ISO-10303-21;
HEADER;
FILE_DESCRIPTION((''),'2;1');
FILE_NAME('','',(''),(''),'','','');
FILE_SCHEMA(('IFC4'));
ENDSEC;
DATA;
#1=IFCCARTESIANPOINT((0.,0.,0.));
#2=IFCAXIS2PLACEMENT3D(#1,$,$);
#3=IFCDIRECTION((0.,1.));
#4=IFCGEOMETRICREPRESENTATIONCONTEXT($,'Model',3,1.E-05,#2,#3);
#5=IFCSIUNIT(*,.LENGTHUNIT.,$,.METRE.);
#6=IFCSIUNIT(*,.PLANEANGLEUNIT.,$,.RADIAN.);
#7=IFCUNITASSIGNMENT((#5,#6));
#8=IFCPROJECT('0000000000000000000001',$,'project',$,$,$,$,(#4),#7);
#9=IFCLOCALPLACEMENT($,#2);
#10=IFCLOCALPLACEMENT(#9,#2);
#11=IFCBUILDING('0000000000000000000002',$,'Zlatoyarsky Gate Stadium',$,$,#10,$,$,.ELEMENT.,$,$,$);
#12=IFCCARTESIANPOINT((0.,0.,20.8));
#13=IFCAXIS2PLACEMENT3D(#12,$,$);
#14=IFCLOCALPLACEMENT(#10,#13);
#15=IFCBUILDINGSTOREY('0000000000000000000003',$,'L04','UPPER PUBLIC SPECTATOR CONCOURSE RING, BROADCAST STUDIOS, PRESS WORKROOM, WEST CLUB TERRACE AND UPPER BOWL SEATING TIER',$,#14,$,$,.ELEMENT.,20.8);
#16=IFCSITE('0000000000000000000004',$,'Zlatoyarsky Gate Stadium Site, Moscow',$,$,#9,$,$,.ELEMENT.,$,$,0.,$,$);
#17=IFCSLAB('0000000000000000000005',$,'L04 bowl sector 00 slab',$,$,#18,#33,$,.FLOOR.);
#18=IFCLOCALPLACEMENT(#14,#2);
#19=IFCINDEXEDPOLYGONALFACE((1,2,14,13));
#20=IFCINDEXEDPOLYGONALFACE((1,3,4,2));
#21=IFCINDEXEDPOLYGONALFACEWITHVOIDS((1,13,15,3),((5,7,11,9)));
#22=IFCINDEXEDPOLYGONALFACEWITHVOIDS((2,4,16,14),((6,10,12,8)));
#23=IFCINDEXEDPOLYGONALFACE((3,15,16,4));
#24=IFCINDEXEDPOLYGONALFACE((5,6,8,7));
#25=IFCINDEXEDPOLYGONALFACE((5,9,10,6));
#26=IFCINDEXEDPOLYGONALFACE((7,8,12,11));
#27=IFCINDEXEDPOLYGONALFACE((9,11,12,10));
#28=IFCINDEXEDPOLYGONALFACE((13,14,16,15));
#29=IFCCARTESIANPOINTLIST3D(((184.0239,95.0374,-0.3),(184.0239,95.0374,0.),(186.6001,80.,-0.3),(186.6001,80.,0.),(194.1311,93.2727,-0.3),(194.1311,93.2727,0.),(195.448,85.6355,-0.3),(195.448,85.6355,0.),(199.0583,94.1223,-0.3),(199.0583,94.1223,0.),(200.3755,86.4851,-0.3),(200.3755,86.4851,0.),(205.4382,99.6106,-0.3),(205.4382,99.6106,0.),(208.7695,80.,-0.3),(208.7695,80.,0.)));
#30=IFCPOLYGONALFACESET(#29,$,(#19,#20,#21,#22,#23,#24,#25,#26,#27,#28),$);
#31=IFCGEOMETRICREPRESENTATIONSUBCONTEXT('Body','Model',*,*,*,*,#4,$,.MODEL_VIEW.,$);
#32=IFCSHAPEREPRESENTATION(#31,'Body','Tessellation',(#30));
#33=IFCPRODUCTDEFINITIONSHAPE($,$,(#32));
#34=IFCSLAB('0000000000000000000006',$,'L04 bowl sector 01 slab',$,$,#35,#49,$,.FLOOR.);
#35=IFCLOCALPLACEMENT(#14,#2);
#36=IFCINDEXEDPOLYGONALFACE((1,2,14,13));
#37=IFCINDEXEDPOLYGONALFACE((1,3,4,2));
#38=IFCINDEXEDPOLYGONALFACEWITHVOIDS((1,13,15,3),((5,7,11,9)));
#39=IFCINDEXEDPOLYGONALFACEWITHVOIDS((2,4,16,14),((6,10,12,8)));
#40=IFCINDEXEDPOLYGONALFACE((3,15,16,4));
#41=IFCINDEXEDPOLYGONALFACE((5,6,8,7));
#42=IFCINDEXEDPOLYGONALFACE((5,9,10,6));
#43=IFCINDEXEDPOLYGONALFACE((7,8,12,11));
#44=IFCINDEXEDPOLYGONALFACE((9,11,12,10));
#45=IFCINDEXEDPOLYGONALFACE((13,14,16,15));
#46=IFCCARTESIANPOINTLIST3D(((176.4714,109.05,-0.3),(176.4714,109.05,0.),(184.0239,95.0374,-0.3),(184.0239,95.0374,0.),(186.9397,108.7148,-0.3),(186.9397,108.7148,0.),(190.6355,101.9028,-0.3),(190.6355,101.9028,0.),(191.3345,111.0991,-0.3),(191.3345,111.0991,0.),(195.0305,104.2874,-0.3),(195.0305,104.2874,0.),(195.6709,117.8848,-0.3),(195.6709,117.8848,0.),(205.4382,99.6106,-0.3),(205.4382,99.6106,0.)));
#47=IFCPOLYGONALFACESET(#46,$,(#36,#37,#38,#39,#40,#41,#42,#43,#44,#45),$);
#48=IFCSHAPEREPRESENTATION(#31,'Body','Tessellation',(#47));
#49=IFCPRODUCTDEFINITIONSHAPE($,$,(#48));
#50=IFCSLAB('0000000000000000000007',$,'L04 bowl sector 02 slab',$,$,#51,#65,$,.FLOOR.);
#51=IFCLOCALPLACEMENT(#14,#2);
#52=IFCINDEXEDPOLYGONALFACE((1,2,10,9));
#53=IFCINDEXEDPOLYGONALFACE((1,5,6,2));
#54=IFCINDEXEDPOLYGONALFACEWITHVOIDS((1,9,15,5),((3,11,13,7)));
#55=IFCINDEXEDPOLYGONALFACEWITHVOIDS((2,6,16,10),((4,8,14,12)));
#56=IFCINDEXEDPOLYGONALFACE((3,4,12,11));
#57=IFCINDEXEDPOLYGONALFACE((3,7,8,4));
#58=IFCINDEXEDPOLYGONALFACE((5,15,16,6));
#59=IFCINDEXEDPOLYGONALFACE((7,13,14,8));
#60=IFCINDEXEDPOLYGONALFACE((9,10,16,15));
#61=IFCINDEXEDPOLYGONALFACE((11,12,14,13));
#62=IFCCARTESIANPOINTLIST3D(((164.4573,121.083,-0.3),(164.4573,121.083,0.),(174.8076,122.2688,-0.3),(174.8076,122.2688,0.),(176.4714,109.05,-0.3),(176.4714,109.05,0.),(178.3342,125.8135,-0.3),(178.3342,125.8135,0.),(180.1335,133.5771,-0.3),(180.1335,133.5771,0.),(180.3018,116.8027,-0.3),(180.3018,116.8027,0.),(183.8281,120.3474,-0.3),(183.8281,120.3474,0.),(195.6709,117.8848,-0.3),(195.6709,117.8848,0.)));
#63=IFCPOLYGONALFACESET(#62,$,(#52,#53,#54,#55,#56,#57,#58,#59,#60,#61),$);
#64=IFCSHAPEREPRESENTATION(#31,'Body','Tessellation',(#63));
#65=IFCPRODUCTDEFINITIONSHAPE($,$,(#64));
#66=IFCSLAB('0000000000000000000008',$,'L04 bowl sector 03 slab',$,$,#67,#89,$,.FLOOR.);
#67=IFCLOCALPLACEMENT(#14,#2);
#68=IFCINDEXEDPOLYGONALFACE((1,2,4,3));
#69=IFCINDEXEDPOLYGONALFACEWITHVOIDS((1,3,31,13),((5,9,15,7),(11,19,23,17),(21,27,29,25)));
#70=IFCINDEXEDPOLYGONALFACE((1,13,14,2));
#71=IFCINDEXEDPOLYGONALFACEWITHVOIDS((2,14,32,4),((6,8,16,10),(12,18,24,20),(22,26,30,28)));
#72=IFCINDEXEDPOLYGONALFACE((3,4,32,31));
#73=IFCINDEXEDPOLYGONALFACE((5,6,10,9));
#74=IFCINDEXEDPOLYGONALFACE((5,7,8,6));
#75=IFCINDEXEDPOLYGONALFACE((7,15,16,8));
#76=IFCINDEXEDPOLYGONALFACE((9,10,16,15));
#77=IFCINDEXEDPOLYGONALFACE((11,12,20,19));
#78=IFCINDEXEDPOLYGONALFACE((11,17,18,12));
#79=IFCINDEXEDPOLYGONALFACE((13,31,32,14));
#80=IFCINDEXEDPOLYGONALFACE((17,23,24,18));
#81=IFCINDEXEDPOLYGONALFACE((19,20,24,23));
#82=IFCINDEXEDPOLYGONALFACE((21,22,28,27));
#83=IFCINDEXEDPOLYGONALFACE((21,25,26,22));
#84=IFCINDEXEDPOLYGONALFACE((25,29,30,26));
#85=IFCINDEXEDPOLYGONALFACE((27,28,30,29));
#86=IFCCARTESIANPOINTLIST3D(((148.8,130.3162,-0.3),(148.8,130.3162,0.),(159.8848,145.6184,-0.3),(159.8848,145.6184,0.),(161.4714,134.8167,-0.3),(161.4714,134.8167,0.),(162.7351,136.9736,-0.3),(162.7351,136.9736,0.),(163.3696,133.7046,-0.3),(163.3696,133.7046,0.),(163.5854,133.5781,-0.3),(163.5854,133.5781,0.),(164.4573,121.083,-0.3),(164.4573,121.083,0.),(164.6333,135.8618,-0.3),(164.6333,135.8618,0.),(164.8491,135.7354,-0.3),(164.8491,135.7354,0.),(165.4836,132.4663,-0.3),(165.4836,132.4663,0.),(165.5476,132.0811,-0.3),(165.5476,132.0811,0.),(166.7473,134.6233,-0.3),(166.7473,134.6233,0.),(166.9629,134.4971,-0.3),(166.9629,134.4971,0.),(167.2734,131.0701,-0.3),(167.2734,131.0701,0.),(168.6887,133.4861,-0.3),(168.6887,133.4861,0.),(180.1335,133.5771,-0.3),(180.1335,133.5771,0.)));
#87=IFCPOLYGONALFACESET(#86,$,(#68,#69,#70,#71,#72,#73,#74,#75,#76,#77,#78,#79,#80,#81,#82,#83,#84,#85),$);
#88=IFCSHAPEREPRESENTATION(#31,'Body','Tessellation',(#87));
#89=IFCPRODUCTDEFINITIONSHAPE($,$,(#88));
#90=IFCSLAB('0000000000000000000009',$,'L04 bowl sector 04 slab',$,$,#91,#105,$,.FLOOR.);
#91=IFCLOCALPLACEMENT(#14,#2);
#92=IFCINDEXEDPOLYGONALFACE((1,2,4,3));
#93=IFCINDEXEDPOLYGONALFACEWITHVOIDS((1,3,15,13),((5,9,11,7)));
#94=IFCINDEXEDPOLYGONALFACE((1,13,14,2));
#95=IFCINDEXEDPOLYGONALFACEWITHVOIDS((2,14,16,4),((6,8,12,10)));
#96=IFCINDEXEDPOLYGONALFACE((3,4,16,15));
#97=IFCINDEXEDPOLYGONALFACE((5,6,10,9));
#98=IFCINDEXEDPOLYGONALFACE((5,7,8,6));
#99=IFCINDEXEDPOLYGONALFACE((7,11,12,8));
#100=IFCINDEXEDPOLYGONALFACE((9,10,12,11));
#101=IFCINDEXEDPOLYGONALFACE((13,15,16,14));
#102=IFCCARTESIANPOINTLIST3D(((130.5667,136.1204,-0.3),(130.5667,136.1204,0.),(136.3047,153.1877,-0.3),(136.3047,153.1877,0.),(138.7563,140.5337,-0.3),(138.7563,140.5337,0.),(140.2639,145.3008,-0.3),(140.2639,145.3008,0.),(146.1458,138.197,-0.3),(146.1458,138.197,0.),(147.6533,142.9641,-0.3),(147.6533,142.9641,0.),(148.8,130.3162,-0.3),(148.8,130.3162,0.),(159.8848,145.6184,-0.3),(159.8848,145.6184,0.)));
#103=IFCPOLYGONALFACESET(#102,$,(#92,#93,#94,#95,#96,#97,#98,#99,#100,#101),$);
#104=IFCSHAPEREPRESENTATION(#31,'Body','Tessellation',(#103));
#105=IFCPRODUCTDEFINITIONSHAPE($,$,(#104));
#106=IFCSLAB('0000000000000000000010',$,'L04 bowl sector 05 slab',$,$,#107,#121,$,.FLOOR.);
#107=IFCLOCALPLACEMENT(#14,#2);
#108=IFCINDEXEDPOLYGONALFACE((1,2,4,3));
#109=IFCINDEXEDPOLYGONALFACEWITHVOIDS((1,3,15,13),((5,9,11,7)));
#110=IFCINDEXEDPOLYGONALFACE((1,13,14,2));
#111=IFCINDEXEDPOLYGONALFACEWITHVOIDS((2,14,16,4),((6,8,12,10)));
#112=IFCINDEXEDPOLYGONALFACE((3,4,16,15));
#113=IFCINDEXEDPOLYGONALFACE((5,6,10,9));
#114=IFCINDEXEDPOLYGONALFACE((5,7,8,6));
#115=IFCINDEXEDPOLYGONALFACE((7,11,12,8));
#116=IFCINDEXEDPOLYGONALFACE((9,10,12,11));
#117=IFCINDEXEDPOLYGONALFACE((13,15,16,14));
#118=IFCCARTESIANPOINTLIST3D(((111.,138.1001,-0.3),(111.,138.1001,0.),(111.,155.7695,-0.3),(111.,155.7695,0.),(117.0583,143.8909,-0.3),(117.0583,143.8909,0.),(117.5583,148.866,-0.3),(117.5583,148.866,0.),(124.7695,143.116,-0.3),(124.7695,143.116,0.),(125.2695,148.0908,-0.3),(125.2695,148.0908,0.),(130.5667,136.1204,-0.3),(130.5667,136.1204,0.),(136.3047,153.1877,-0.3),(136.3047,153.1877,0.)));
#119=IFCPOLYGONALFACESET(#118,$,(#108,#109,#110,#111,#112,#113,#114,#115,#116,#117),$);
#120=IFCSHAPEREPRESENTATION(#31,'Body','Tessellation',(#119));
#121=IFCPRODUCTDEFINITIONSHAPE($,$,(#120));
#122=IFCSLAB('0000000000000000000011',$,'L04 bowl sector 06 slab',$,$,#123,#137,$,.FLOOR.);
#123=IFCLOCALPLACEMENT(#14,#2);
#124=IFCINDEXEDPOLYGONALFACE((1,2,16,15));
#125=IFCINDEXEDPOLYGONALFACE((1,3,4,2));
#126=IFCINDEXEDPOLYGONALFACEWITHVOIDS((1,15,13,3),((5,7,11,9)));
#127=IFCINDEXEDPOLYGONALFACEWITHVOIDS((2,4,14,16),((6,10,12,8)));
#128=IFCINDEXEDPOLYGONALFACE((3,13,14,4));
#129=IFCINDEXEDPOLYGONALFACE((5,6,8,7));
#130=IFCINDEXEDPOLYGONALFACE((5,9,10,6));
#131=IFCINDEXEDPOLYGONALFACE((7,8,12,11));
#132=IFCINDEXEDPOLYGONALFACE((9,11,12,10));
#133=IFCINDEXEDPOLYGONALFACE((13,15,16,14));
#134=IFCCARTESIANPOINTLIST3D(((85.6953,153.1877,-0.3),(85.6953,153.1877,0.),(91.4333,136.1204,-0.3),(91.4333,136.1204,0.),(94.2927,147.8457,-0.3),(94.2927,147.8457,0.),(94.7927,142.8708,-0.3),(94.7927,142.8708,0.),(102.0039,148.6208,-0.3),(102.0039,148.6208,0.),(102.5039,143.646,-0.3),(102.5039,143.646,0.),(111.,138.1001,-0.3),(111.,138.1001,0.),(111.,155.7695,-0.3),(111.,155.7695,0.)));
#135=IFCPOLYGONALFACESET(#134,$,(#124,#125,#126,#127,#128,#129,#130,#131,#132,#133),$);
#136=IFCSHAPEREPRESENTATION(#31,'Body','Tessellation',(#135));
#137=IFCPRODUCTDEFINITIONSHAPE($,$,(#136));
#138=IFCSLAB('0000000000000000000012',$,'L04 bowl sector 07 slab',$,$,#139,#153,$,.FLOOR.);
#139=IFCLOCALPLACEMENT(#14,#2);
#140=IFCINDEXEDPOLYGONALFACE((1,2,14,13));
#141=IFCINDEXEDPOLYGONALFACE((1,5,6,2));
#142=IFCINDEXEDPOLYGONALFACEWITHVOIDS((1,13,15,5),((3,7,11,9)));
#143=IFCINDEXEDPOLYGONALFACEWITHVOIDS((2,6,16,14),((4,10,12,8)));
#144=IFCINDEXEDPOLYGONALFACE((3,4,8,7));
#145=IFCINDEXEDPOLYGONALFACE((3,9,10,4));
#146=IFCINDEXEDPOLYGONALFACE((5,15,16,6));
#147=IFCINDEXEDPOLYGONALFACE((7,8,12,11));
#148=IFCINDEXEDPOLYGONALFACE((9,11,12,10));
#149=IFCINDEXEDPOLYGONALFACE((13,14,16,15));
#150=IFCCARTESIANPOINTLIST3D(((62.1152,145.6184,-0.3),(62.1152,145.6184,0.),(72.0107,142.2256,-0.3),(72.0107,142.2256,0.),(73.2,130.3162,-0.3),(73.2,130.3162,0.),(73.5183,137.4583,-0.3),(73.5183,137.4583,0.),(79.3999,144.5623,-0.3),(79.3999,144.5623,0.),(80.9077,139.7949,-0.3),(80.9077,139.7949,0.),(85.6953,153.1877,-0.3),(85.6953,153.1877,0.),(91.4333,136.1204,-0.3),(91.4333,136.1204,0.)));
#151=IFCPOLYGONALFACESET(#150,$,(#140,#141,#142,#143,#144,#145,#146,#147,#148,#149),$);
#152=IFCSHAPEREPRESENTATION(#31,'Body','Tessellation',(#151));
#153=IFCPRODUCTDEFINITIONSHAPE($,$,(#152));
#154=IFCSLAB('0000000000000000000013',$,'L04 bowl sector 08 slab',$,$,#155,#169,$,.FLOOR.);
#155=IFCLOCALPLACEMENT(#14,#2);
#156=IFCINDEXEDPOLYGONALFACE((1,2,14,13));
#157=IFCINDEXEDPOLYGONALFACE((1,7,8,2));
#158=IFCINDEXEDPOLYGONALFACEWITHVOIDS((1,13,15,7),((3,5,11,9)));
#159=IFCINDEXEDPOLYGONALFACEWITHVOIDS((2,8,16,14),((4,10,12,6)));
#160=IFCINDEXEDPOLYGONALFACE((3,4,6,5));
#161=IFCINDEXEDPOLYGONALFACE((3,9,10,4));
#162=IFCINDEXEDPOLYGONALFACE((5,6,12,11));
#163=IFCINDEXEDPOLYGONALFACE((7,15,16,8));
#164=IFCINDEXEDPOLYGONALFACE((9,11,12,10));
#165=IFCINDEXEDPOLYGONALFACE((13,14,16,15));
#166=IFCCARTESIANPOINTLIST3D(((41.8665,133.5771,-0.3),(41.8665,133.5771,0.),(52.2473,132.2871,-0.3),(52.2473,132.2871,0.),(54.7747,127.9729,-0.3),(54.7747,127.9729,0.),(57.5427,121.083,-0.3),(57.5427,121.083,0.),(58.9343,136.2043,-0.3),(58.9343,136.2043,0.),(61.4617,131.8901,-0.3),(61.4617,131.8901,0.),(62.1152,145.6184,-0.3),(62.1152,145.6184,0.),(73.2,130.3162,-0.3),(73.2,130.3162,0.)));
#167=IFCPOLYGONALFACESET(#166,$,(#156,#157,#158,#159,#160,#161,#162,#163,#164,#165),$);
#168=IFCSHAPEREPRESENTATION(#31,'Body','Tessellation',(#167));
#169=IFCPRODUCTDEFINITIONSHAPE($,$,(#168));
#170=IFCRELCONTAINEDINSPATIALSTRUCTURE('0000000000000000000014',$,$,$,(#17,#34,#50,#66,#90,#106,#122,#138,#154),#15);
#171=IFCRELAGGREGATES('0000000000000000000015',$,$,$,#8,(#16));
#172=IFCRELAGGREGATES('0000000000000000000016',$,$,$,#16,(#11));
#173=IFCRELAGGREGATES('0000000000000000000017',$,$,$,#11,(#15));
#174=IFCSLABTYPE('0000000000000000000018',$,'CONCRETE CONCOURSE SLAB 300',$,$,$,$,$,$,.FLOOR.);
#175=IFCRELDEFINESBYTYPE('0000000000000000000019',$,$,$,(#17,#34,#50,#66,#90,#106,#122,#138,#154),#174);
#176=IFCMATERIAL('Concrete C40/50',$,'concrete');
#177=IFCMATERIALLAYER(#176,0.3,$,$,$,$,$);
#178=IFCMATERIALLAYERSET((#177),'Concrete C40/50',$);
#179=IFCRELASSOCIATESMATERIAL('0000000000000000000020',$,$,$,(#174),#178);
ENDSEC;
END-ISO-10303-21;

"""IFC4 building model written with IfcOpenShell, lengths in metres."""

from ifc_helpers import new_model, si_unit, direction, frame, origin, place, context, subcontext, project, spatial, polyline, outline, extrude, material, layer, layer_set, type_object, element, save


model = new_model("IFC4")

# Units and contexts
model_context = context("Model", 3, precision=1e-05, world=origin(), true_north=direction((0.0, 1.0)))
body_context = subcontext(model_context, "Body", "Model", "MODEL_VIEW")
ifc_project = project(units=[si_unit("LENGTHUNIT", "METRE"), si_unit("PLANEANGLEUNIT", "RADIAN")], contexts=[model_context])

# Site, building, storey
site_placement = place(None, origin())
site = spatial("IfcSite", under=ifc_project, at=site_placement, Name="Zlatoyarsky Gate Stadium Site, Moscow", CompositionType="ELEMENT", RefElevation=0.0)
building_placement = place(site_placement, origin())
building = spatial("IfcBuilding", under=site, at=building_placement, Name="Zlatoyarsky Gate Stadium", CompositionType="ELEMENT")
storey_placement = place(building_placement, frame((0.0, 0.0, 20.8)))
storey = spatial("IfcBuildingStorey", under=building, at=storey_placement, Name="L04", Description="UPPER PUBLIC SPECTATOR CONCOURSE RING, BROADCAST STUDIOS, PRESS WORKROOM, WEST CLUB TERRACE AND UPPER BOWL SEATING TIER", CompositionType="ELEMENT", Elevation=20.8)

# Slabs
ifc_material_1 = material(Name="Concrete C40/50", Category="concrete")
ifc_layer_1 = layer(ifc_material_1, 0.3)
ifc_layer_set_1 = layer_set([ifc_layer_1], Name="Concrete C40/50")
slab_type_1 = type_object("IfcSlabType", Name="CONCRETE CONCOURSE SLAB 300", PredefinedType="FLOOR", material=ifc_layer_set_1)
slab_1_placement = place(storey_placement, frame((0.0, 0.0, -0.3)))
element("IfcSlab", 1, at=slab_1_placement, inside=storey, type_object=slab_type_1, Name="L04 bowl sector 00 slab", PredefinedType="FLOOR", context=body_context, shape_type="SweptSolid", body=[
    extrude(outline(polyline([(184.0239, 95.0374), (205.4382, 99.6106), (208.7695, 80.0), (186.6001, 80.0), (184.0239, 95.0374)]), holes=[polyline([(200.3755, 86.4851), (199.0583, 94.1223), (194.1311, 93.2727), (195.448, 85.6355), (200.3755, 86.4851)])]), origin(), (0.0, 0.0, 1.0), 0.3),
])
slab_2_placement = place(storey_placement, frame((0.0, 0.0, -0.3)))
element("IfcSlab", 2, at=slab_2_placement, inside=storey, type_object=slab_type_1, Name="L04 bowl sector 01 slab", PredefinedType="FLOOR", context=body_context, shape_type="SweptSolid", body=[
    extrude(outline(polyline([(176.4714, 109.05), (195.6709, 117.8848), (205.4382, 99.6106), (184.0239, 95.0374), (176.4714, 109.05)]), holes=[polyline([(195.0305, 104.2874), (191.3345, 111.0991), (186.9397, 108.7148), (190.6355, 101.9028), (195.0305, 104.2874)])]), origin(), (0.0, 0.0, 1.0), 0.3),
])
slab_3_placement = place(storey_placement, frame((0.0, 0.0, -0.3)))
element("IfcSlab", 3, at=slab_3_placement, inside=storey, type_object=slab_type_1, Name="L04 bowl sector 02 slab", PredefinedType="FLOOR", context=body_context, shape_type="SweptSolid", body=[
    extrude(outline(polyline([(164.4573, 121.083), (180.1335, 133.5771), (195.6709, 117.8848), (176.4714, 109.05), (164.4573, 121.083)]), holes=[polyline([(183.8281, 120.3474), (178.3342, 125.8135), (174.8076, 122.2688), (180.3018, 116.8027), (183.8281, 120.3474)])]), origin(), (0.0, 0.0, 1.0), 0.3),
])
slab_4_placement = place(storey_placement, frame((0.0, 0.0, -0.3)))
element("IfcSlab", 4, at=slab_4_placement, inside=storey, type_object=slab_type_1, Name="L04 bowl sector 03 slab", PredefinedType="FLOOR", context=body_context, shape_type="SweptSolid", body=[
    extrude(outline(polyline([(148.8, 130.3162), (159.8848, 145.6184), (180.1335, 133.5771), (164.4573, 121.083), (148.8, 130.3162)]), holes=[polyline([(168.6887, 133.4861), (166.9629, 134.4971), (165.5476, 132.0811), (167.2734, 131.0701), (168.6887, 133.4861)]), polyline([(166.7473, 134.6233), (164.8491, 135.7354), (163.5854, 133.5781), (165.4836, 132.4663), (166.7473, 134.6233)]), polyline([(164.6333, 135.8618), (162.7351, 136.9736), (161.4714, 134.8167), (163.3696, 133.7046), (164.6333, 135.8618)])]), origin(), (0.0, 0.0, 1.0), 0.3),
])
slab_5_placement = place(storey_placement, frame((0.0, 0.0, -0.3)))
element("IfcSlab", 5, at=slab_5_placement, inside=storey, type_object=slab_type_1, Name="L04 bowl sector 04 slab", PredefinedType="FLOOR", context=body_context, shape_type="SweptSolid", body=[
    extrude(outline(polyline([(130.5667, 136.1204), (136.3047, 153.1877), (159.8848, 145.6184), (148.8, 130.3162), (130.5667, 136.1204)]), holes=[polyline([(147.6533, 142.9641), (140.2639, 145.3008), (138.7563, 140.5337), (146.1458, 138.197), (147.6533, 142.9641)])]), origin(), (0.0, 0.0, 1.0), 0.3),
])
slab_6_placement = place(storey_placement, frame((0.0, 0.0, -0.3)))
element("IfcSlab", 6, at=slab_6_placement, inside=storey, type_object=slab_type_1, Name="L04 bowl sector 05 slab", PredefinedType="FLOOR", context=body_context, shape_type="SweptSolid", body=[
    extrude(outline(polyline([(111.0, 138.1001), (111.0, 155.7695), (136.3047, 153.1877), (130.5667, 136.1204), (111.0, 138.1001)]), holes=[polyline([(125.2695, 148.0908), (117.5583, 148.866), (117.0583, 143.8909), (124.7695, 143.116), (125.2695, 148.0908)])]), origin(), (0.0, 0.0, 1.0), 0.3),
])
slab_7_placement = place(storey_placement, frame((0.0, 0.0, -0.3)))
element("IfcSlab", 7, at=slab_7_placement, inside=storey, type_object=slab_type_1, Name="L04 bowl sector 06 slab", PredefinedType="FLOOR", context=body_context, shape_type="SweptSolid", body=[
    extrude(outline(polyline([(91.4333, 136.1204), (85.6953, 153.1877), (111.0, 155.7695), (111.0, 138.1001), (91.4333, 136.1204)]), holes=[polyline([(102.0039, 148.6208), (94.2927, 147.8457), (94.7927, 142.8708), (102.5039, 143.646), (102.0039, 148.6208)])]), origin(), (0.0, 0.0, 1.0), 0.3),
])
slab_8_placement = place(storey_placement, frame((0.0, 0.0, -0.3)))
element("IfcSlab", 8, at=slab_8_placement, inside=storey, type_object=slab_type_1, Name="L04 bowl sector 07 slab", PredefinedType="FLOOR", context=body_context, shape_type="SweptSolid", body=[
    extrude(outline(polyline([(73.2, 130.3162), (62.1152, 145.6184), (85.6953, 153.1877), (91.4333, 136.1204), (73.2, 130.3162)]), holes=[polyline([(79.3999, 144.5623), (72.0107, 142.2256), (73.5183, 137.4583), (80.9077, 139.7949), (79.3999, 144.5623)])]), origin(), (0.0, 0.0, 1.0), 0.3),
])
slab_9_placement = place(storey_placement, frame((0.0, 0.0, -0.3)))
element("IfcSlab", 9, at=slab_9_placement, inside=storey, type_object=slab_type_1, Name="L04 bowl sector 08 slab", PredefinedType="FLOOR", context=body_context, shape_type="SweptSolid", body=[
    extrude(outline(polyline([(57.5427, 121.083), (41.8665, 133.5771), (62.1152, 145.6184), (73.2, 130.3162), (57.5427, 121.083)]), holes=[polyline([(58.9343, 136.2043), (52.2473, 132.2871), (54.7747, 127.9729), (61.4617, 131.8901), (58.9343, 136.2043)])]), origin(), (0.0, 0.0, 1.0), 0.3),
])

save(model, "model.ifc")
